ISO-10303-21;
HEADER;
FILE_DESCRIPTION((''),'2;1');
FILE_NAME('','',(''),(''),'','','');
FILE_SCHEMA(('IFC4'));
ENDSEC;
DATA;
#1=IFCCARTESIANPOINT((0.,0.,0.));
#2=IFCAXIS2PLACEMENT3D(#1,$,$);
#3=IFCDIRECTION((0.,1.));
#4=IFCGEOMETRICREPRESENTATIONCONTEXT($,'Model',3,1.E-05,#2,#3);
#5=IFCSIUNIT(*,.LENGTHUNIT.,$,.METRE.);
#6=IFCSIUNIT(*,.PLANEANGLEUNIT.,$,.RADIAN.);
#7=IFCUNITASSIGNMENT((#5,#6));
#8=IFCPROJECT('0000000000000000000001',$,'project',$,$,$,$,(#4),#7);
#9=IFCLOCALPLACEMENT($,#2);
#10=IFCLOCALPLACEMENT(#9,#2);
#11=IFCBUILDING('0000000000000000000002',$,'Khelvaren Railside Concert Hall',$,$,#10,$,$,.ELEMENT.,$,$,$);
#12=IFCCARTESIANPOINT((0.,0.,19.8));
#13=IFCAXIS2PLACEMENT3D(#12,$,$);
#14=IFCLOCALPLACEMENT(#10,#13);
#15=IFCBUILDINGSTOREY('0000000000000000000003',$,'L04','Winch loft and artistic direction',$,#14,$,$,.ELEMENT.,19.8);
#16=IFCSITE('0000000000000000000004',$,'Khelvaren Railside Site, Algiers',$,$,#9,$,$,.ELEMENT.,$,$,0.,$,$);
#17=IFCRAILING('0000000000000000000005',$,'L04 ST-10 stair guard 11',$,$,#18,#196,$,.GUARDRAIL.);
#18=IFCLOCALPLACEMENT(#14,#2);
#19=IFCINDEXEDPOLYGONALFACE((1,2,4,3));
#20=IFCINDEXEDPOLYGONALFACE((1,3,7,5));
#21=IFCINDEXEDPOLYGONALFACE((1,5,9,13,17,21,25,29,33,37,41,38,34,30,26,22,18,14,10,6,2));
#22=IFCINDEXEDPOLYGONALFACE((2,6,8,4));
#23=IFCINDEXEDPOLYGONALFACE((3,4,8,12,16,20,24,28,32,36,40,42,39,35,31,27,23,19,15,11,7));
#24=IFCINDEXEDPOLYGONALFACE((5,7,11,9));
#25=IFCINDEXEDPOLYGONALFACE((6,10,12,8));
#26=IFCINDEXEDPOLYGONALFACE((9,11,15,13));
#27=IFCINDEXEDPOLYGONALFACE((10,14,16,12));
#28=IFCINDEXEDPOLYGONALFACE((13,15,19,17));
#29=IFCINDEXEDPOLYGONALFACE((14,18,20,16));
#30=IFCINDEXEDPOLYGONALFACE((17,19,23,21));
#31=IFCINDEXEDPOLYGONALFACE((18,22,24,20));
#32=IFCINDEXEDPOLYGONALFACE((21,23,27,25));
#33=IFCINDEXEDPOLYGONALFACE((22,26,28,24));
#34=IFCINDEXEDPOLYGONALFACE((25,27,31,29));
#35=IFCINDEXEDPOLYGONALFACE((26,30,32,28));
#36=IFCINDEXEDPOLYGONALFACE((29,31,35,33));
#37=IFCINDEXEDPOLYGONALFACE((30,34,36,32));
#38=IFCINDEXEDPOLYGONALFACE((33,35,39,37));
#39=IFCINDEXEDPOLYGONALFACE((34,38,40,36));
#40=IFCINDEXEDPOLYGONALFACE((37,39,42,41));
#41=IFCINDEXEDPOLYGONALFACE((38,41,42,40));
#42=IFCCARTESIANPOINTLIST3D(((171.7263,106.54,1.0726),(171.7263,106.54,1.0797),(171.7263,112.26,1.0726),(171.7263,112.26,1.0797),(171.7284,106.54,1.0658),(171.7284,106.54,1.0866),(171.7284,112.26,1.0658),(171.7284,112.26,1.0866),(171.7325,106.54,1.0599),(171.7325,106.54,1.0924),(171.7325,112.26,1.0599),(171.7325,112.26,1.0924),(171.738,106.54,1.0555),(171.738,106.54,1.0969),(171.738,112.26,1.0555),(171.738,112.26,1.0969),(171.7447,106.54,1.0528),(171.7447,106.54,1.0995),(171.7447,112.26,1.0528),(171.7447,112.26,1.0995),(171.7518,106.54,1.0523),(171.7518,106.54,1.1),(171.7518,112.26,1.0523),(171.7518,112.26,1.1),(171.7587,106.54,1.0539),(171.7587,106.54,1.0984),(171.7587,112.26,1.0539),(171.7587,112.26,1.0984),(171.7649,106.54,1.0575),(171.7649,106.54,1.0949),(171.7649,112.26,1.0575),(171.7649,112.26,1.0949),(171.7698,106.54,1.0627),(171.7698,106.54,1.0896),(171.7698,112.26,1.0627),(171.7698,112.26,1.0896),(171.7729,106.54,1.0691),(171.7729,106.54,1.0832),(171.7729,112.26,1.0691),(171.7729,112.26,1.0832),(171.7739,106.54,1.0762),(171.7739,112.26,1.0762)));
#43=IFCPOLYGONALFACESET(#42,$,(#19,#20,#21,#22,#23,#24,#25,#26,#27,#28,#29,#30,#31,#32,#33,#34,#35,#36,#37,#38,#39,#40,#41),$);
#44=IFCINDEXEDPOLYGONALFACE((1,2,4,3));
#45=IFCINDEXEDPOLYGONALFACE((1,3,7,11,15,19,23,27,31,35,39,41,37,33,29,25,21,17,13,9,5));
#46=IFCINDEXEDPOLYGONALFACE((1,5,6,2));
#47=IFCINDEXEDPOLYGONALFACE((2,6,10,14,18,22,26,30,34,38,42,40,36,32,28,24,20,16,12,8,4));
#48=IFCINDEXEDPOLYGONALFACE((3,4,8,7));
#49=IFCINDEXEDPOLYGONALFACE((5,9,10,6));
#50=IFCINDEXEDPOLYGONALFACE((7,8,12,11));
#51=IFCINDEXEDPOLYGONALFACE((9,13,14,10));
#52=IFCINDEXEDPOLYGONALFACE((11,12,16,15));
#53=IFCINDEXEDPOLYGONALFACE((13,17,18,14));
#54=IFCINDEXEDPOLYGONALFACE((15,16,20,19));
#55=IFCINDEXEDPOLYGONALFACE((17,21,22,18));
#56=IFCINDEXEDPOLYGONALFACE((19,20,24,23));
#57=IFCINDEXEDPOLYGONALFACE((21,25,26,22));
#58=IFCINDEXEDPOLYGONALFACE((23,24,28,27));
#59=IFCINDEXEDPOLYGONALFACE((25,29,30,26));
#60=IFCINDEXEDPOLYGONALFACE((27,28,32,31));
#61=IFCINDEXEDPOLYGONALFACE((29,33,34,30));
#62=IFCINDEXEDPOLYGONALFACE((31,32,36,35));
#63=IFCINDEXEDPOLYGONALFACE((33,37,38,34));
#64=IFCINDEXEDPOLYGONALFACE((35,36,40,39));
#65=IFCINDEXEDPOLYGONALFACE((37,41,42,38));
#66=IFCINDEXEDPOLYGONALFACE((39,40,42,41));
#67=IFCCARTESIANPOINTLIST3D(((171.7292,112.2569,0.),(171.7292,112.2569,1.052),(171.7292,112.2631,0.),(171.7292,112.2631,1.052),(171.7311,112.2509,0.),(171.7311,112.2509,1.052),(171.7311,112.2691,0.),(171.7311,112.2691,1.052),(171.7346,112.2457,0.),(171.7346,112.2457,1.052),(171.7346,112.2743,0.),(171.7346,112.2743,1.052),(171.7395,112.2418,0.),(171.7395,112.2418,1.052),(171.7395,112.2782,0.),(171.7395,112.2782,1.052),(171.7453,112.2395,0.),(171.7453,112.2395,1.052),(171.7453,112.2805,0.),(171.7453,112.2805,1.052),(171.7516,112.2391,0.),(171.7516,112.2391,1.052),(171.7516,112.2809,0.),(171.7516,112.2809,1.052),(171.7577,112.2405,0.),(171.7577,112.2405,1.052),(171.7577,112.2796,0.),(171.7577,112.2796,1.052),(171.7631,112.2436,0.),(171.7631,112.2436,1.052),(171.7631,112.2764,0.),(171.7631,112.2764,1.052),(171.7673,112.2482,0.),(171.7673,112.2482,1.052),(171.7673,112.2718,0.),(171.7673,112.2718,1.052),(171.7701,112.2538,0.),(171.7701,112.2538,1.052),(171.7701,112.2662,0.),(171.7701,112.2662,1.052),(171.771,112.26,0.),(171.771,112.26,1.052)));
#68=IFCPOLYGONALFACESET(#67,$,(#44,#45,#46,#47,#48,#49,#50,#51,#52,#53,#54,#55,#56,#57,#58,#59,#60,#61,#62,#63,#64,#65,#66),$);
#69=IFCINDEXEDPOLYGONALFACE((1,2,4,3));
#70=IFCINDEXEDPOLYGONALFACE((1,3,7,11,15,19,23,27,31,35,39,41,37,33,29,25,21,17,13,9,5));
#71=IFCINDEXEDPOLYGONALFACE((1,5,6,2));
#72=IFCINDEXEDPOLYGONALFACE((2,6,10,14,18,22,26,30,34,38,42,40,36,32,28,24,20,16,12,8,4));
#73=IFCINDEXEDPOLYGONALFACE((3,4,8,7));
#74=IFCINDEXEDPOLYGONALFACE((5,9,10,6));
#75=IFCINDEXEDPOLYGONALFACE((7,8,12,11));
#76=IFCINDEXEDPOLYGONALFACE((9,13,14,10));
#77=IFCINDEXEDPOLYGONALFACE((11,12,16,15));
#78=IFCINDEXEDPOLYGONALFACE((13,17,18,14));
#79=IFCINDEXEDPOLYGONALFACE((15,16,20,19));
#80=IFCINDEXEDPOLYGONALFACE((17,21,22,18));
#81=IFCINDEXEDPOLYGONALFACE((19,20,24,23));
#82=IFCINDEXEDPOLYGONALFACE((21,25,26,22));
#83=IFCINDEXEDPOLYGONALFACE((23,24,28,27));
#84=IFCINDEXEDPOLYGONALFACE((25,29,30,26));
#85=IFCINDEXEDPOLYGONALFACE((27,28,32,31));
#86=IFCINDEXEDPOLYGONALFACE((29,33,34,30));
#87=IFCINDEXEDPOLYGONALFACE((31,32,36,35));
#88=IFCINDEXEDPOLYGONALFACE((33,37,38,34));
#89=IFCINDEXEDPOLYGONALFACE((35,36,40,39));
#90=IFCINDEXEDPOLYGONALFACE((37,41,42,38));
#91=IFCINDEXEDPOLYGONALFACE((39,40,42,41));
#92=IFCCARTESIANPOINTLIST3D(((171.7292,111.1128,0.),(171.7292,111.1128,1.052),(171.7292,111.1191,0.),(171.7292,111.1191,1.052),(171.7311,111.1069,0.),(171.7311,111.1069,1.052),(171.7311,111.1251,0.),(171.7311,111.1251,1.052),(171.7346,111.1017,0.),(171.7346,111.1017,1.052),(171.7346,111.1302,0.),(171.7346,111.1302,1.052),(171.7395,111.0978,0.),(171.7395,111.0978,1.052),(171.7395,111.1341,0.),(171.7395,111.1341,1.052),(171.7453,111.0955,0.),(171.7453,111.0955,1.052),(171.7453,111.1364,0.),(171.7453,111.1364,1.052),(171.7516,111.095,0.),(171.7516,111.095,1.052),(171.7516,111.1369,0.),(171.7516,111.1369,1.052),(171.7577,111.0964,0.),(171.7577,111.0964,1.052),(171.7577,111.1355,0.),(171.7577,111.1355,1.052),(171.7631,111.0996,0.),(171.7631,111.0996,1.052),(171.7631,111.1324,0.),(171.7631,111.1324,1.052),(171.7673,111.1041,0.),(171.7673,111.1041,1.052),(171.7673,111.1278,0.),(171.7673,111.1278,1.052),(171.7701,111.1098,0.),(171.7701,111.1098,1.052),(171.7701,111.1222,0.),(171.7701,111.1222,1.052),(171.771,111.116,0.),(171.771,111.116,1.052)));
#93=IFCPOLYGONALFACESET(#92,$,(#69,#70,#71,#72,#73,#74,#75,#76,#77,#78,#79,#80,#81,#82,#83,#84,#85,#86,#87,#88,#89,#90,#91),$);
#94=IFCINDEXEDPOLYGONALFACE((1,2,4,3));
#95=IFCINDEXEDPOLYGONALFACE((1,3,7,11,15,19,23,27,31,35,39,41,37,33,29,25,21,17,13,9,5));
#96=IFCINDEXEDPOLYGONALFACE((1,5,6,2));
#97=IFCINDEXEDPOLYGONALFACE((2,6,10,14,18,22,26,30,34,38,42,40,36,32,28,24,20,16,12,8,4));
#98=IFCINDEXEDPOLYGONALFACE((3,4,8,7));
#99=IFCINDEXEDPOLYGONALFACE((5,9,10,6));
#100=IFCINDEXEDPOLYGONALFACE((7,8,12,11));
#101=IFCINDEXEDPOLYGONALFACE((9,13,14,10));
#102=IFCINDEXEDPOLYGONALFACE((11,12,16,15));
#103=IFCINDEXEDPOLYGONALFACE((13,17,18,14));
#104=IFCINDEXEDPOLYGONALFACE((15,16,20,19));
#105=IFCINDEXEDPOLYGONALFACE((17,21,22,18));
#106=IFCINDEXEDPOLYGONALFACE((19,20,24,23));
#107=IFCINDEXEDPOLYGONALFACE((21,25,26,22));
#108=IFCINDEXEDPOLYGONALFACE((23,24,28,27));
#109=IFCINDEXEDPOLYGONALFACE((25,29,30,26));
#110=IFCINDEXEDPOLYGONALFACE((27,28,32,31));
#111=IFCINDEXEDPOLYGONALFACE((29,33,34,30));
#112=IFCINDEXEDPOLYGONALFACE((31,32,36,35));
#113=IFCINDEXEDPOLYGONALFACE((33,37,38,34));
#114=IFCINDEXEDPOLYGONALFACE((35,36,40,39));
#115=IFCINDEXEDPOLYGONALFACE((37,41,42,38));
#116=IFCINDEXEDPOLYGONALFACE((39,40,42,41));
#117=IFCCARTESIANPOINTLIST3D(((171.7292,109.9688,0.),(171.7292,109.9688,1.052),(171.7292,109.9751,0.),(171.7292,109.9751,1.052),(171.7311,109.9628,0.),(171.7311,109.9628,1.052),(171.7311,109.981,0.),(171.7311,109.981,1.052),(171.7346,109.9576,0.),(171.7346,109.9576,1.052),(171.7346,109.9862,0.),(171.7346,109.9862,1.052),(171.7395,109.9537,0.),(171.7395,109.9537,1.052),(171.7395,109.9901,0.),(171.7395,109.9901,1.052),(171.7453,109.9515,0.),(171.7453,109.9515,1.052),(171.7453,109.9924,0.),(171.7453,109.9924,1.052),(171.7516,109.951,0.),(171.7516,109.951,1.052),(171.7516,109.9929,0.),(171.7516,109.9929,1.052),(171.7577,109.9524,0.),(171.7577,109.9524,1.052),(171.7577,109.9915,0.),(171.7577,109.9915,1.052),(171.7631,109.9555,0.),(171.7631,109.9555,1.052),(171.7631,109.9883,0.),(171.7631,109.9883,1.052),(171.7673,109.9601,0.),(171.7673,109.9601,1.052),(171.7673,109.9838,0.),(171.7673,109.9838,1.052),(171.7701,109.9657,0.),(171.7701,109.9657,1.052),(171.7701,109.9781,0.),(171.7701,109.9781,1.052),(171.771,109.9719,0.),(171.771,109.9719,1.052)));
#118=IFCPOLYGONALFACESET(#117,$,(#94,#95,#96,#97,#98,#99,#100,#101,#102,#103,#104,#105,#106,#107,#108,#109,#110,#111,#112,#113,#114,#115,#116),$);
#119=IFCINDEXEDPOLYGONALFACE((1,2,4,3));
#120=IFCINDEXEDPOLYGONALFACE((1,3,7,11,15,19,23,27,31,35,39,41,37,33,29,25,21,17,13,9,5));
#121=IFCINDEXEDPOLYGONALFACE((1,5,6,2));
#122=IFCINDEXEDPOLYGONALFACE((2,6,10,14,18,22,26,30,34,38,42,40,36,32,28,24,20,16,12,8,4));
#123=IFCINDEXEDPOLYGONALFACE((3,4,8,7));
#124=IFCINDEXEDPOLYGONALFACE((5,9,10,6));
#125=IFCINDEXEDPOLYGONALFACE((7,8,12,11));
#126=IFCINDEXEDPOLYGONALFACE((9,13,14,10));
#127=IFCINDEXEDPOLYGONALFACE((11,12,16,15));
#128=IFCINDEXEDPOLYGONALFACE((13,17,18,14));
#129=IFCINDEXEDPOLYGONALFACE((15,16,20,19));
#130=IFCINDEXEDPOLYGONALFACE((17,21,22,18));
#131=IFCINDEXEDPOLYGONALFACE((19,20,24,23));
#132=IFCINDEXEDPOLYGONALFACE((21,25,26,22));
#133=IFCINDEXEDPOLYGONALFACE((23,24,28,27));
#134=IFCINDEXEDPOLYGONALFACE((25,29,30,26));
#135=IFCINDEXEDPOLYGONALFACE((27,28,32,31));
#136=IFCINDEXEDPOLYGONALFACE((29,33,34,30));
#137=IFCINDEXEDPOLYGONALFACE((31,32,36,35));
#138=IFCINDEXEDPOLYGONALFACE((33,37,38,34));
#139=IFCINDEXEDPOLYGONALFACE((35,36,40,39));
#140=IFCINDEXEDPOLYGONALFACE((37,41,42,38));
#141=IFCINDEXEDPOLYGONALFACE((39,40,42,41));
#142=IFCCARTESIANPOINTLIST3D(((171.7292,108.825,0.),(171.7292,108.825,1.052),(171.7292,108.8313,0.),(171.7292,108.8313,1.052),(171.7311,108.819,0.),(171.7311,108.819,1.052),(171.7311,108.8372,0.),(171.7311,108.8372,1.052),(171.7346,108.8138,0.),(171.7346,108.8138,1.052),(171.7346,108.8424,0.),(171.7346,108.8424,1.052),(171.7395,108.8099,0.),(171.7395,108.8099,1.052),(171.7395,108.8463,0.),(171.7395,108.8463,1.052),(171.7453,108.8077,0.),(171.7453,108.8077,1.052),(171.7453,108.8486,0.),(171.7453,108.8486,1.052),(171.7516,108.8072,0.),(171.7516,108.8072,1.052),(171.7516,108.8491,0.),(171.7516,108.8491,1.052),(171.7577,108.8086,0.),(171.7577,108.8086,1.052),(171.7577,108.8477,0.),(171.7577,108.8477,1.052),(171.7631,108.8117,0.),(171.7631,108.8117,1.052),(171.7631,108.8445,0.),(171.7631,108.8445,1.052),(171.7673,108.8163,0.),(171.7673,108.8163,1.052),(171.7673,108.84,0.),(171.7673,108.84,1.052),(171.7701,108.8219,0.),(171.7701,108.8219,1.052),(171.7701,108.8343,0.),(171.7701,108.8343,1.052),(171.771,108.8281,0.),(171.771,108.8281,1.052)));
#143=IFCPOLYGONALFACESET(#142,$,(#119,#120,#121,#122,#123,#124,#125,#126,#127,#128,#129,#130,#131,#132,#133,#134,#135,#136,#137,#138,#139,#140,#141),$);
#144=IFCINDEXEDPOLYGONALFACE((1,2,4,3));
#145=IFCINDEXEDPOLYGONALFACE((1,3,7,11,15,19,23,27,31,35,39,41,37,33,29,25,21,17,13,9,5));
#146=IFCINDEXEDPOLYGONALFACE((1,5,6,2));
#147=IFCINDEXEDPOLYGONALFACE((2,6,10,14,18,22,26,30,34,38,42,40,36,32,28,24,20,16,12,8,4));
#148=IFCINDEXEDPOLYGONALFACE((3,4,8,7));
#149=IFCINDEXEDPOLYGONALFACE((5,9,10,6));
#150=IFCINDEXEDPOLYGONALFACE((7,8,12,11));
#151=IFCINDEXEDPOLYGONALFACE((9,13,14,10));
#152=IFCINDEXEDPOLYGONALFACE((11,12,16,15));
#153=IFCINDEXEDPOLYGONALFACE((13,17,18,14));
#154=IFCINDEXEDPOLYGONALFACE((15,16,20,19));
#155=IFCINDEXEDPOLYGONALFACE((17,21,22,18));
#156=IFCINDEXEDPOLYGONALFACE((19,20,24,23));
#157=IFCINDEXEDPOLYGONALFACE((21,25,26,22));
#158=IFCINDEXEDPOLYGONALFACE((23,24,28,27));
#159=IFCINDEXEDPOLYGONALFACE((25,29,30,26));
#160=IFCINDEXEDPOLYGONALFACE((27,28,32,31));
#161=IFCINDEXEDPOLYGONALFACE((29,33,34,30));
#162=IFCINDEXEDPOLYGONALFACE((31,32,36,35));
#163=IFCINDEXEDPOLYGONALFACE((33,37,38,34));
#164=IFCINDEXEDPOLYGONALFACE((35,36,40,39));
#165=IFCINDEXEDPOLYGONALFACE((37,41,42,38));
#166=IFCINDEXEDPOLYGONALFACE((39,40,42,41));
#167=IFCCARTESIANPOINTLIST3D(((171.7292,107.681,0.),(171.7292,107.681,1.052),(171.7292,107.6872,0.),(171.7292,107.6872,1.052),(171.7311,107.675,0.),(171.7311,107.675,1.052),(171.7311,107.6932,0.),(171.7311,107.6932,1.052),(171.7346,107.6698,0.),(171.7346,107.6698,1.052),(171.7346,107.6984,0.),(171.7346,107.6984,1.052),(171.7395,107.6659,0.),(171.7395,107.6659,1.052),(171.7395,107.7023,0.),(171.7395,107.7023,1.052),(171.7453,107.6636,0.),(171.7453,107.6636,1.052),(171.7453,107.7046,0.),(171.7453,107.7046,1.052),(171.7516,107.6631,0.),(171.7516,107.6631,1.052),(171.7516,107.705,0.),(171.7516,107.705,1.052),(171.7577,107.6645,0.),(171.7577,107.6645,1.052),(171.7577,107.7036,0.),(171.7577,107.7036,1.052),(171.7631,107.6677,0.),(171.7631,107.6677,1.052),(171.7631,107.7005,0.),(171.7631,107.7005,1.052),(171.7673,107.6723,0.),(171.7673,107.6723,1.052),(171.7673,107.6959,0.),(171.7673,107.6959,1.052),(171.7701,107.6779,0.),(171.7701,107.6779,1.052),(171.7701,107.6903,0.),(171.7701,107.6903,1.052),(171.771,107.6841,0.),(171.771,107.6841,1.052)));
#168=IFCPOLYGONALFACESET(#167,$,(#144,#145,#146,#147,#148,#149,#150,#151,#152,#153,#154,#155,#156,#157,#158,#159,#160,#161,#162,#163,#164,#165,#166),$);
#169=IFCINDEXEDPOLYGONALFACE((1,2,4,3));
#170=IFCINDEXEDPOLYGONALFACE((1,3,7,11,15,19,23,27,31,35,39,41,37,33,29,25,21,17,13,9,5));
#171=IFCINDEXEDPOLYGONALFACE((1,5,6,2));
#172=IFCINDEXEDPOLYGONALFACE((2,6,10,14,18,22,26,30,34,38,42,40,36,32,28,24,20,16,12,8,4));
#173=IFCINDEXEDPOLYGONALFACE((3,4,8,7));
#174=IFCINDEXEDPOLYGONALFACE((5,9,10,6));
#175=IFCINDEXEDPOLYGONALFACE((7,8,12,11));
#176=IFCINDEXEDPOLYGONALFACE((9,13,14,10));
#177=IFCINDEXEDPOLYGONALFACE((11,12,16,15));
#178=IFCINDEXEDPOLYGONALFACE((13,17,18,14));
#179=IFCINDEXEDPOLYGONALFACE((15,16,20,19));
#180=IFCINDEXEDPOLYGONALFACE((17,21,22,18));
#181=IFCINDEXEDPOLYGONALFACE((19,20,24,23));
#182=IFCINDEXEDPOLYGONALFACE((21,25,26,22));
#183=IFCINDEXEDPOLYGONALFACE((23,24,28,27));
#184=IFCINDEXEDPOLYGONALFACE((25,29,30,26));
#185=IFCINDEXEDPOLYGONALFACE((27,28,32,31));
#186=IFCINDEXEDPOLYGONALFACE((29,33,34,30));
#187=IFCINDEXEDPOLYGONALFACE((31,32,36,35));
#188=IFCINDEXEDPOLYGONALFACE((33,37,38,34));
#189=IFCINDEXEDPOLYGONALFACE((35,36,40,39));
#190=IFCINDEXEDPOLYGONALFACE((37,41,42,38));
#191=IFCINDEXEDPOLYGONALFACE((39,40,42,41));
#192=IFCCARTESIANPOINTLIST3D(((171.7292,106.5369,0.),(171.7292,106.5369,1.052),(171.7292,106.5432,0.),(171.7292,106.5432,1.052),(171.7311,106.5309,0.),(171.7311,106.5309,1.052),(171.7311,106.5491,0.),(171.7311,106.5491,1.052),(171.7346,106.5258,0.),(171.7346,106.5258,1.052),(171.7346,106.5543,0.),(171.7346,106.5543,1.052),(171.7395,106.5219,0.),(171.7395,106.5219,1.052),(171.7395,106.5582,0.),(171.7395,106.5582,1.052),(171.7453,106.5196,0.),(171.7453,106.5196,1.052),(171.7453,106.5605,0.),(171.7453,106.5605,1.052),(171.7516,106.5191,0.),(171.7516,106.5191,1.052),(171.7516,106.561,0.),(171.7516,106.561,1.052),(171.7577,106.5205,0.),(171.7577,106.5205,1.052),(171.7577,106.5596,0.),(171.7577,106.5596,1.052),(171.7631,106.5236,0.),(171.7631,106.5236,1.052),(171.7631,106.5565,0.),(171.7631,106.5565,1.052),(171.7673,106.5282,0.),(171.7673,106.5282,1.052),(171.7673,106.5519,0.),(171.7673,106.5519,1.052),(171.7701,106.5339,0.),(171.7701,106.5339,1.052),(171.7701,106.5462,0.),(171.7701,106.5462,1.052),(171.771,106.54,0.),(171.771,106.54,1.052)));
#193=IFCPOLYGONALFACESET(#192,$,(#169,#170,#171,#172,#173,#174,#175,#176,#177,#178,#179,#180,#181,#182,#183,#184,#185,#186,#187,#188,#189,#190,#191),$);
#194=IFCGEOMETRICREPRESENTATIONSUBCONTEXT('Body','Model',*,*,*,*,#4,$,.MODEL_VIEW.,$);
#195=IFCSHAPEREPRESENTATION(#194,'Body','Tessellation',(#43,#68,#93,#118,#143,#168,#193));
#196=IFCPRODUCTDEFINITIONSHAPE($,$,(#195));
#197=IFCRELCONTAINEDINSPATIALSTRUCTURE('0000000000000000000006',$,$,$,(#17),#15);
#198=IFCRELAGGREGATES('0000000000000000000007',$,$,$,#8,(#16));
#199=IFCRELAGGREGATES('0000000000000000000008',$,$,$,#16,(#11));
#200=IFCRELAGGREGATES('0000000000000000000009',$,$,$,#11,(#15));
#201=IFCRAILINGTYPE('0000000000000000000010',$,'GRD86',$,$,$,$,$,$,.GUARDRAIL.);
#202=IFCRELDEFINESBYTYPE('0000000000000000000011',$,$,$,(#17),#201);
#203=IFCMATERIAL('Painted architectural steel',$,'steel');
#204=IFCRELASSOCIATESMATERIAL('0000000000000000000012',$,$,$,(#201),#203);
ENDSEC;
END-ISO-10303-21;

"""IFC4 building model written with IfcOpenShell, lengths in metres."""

from ifc_helpers import new_model, si_unit, direction, frame, origin, origin_2d, place, context, subcontext, project, spatial, circle, extrude, material, type_object, element, save


model = new_model("IFC4")

# Units and contexts
model_context = context("Model", 3, precision=1e-05, world=origin(), true_north=direction((0.0, 1.0)))
body_context = subcontext(model_context, "Body", "Model", "MODEL_VIEW")
ifc_project = project(units=[si_unit("LENGTHUNIT", "METRE"), si_unit("PLANEANGLEUNIT", "RADIAN")], contexts=[model_context])

# Site, building, storey
site_placement = place(None, origin())
site = spatial("IfcSite", under=ifc_project, at=site_placement, Name="Khelvaren Railside Site, Algiers", CompositionType="ELEMENT", RefElevation=0.0)
building_placement = place(site_placement, origin())
building = spatial("IfcBuilding", under=site, at=building_placement, Name="Khelvaren Railside Concert Hall", CompositionType="ELEMENT")
storey_placement = place(building_placement, frame((0.0, 0.0, 19.8)))
storey = spatial("IfcBuildingStorey", under=building, at=storey_placement, Name="L04", Description="Winch loft and artistic direction", CompositionType="ELEMENT", Elevation=19.8)

# Railing
ifc_material_1 = material(Name="Painted architectural steel", Category="steel")
railing_type_1 = type_object("IfcRailingType", Name="GRD86", PredefinedType="GUARDRAIL", material=ifc_material_1)
railing_1_placement = place(storey_placement, frame((171.75, 112.26, 0.0)))
element("IfcRailing", 1, at=railing_1_placement, inside=storey, type_object=railing_type_1, Name="L04 ST-10 stair guard 11", PredefinedType="GUARDRAIL", context=body_context, shape_type="SweptSolid", body=[
    extrude(circle(Radius=0.0239, at=origin_2d()), frame((0.0, 0.0, 1.0762), z_axis=(0.0, -1.0, 0.0), x_axis=(1.0, 0.0, 0.0)), (0.0, 0.0, 1.0), 5.72),
    extrude(circle(Radius=0.021, at=origin_2d()), origin(), (0.0, 0.0, 1.0), 1.052),
    extrude(circle(Radius=0.021, at=origin_2d()), frame((0.0, -1.144, 0.0)), (0.0, 0.0, 1.0), 1.052),
    extrude(circle(Radius=0.021, at=origin_2d()), frame((0.0, -2.2881, 0.0)), (0.0, 0.0, 1.0), 1.052),
    extrude(circle(Radius=0.021, at=origin_2d()), frame((0.0, -3.4319, 0.0)), (0.0, 0.0, 1.0), 1.052),
    extrude(circle(Radius=0.021, at=origin_2d()), frame((0.0, -4.5759, 0.0)), (0.0, 0.0, 1.0), 1.052),
    extrude(circle(Radius=0.021, at=origin_2d()), frame((0.0, -5.72, 0.0)), (0.0, 0.0, 1.0), 1.052),
])

save(model, "model.ifc")
